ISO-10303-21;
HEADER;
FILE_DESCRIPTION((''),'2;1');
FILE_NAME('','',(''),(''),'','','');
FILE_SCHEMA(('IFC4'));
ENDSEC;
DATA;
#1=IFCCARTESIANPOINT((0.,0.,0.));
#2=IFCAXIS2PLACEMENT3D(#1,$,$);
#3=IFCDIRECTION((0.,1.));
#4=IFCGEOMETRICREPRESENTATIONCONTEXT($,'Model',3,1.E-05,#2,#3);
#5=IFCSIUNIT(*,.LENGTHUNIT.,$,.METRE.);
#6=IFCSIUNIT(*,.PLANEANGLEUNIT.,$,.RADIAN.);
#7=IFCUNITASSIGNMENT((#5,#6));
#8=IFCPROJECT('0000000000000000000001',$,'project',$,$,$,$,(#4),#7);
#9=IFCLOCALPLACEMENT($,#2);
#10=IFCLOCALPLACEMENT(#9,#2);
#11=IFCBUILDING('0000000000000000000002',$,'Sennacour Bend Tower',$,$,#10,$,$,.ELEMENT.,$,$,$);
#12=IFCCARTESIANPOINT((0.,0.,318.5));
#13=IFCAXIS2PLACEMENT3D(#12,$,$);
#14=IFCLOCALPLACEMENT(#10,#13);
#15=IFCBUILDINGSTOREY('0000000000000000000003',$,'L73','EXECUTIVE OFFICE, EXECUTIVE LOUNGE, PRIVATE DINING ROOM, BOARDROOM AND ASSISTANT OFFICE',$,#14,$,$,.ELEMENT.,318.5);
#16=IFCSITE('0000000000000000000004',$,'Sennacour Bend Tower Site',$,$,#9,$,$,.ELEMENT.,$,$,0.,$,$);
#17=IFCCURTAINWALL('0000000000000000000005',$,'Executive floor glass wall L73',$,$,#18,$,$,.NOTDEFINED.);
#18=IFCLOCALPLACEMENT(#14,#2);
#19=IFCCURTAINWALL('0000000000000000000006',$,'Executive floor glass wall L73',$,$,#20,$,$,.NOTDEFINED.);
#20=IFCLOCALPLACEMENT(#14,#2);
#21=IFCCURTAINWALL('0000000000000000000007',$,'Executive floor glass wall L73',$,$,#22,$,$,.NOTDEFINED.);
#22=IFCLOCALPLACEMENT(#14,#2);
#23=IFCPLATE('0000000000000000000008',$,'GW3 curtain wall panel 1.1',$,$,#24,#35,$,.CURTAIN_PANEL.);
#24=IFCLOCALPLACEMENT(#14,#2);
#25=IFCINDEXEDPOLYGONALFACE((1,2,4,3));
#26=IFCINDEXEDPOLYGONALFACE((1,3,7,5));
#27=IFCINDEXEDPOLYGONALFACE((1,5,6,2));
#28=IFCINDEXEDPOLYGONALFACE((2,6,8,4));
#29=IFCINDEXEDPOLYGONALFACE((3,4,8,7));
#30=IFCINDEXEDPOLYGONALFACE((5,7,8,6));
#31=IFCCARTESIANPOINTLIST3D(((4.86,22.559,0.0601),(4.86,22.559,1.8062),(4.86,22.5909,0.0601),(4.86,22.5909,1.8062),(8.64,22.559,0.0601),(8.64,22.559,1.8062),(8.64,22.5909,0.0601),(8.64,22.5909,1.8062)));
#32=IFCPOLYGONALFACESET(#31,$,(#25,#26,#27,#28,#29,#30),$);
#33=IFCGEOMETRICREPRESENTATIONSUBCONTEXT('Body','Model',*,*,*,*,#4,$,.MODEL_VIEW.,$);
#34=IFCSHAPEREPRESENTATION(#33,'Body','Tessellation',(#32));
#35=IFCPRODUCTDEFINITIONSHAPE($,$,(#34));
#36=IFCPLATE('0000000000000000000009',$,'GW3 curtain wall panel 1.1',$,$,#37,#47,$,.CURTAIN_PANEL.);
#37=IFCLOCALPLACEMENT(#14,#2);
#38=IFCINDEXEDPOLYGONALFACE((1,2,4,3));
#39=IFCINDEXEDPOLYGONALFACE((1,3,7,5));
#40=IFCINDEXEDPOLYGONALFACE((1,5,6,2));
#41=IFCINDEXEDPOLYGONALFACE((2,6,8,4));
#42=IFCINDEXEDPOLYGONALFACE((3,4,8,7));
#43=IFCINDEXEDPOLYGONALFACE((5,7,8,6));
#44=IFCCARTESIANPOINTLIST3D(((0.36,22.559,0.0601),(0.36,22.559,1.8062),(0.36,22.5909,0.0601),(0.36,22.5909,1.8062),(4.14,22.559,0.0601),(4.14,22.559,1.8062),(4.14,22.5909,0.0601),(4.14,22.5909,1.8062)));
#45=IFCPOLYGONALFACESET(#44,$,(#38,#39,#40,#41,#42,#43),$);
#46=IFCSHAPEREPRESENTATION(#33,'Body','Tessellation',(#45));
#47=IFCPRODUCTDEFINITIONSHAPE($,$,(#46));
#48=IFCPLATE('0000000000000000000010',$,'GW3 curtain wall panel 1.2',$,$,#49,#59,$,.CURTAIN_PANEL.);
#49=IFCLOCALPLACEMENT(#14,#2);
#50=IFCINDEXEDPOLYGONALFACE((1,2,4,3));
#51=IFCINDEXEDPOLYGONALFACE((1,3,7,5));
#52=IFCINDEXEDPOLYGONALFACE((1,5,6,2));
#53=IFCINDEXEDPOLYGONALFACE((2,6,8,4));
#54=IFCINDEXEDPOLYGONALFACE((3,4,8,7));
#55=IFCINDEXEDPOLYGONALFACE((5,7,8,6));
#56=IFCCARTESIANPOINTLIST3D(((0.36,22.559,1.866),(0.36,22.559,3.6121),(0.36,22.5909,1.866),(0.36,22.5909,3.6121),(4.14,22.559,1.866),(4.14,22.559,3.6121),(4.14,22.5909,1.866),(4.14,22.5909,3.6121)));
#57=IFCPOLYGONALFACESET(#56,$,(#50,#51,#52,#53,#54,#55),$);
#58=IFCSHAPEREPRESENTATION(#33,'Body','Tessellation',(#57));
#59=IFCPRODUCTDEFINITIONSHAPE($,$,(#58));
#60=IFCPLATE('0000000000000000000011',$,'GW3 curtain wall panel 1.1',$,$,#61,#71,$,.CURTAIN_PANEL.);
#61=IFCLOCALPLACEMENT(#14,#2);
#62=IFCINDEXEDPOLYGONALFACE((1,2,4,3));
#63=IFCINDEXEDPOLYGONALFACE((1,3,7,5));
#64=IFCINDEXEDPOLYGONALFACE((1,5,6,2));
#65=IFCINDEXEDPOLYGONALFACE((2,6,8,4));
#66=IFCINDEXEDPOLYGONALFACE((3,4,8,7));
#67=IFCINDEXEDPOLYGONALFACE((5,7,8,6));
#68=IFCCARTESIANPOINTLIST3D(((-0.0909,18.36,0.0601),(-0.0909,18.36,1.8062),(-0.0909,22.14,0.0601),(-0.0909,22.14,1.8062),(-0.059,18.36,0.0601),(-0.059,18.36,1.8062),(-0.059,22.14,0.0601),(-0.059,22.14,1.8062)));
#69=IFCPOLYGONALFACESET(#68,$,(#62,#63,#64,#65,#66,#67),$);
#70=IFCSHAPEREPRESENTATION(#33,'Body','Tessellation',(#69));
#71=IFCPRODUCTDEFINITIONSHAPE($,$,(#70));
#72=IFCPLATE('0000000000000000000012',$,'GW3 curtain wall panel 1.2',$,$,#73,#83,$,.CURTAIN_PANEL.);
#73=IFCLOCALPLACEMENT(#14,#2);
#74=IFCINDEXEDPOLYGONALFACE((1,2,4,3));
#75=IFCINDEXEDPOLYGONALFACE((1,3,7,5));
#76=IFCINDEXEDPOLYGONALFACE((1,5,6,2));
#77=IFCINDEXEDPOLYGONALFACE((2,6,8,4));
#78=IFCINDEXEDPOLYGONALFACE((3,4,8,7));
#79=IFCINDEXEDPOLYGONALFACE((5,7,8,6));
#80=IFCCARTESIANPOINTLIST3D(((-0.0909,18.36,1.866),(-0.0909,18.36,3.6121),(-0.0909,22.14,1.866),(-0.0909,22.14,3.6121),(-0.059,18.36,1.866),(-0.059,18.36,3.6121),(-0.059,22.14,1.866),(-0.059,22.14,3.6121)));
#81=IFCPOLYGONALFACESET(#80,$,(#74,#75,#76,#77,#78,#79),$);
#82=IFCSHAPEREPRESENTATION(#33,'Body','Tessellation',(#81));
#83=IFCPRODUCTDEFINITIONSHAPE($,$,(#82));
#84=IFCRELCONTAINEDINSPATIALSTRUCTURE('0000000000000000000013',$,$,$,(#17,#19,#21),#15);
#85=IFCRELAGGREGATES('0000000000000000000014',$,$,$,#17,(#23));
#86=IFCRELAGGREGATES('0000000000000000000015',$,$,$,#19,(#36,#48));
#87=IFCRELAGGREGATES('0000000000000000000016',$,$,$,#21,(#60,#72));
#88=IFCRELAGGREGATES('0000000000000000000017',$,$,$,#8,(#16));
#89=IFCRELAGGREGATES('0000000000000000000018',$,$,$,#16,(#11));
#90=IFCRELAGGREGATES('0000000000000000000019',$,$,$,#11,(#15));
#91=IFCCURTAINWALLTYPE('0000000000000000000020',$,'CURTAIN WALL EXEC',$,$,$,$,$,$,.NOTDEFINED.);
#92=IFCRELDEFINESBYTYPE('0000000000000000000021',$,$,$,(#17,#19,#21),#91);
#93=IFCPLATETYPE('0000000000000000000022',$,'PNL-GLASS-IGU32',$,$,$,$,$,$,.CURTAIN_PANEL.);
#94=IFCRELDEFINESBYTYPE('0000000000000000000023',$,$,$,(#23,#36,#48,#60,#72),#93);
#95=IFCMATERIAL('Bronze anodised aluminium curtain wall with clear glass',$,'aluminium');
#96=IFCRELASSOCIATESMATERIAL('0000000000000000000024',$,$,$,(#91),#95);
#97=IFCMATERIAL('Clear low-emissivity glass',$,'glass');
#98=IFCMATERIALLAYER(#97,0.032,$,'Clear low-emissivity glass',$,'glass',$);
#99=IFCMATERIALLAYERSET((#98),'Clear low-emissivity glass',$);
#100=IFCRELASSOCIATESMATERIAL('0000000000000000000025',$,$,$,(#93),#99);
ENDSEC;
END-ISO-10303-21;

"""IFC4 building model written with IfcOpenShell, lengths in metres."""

from ifc_helpers import new_model, si_unit, direction, frame, origin, origin_2d, place, context, subcontext, project, spatial, rectangle, extrude, material, layer, layer_set, type_object, element, aggregate, save


model = new_model("IFC4")

# Units and contexts
model_context = context("Model", 3, precision=1e-05, world=origin(), true_north=direction((0.0, 1.0)))
body_context = subcontext(model_context, "Body", "Model", "MODEL_VIEW")
ifc_project = project(units=[si_unit("LENGTHUNIT", "METRE"), si_unit("PLANEANGLEUNIT", "RADIAN")], contexts=[model_context])

# Site, building, storey
site_placement = place(None, origin())
site = spatial("IfcSite", under=ifc_project, at=site_placement, Name="Sennacour Bend Tower Site", CompositionType="ELEMENT", RefElevation=0.0)
building_placement = place(site_placement, origin())
building = spatial("IfcBuilding", under=site, at=building_placement, Name="Sennacour Bend Tower", CompositionType="ELEMENT")
storey_placement = place(building_placement, frame((0.0, 0.0, 318.5)))
storey = spatial("IfcBuildingStorey", under=building, at=storey_placement, Name="L73", Description="EXECUTIVE OFFICE, EXECUTIVE LOUNGE, PRIVATE DINING ROOM, BOARDROOM AND ASSISTANT OFFICE", CompositionType="ELEMENT", Elevation=318.5)

# Curtain wall
ifc_material_1 = material(Name="Bronze anodised aluminium curtain wall with clear glass", Category="aluminium")
curtain_wall_type = type_object("IfcCurtainWallType", Name="CURTAIN WALL EXEC", PredefinedType="NOTDEFINED", material=ifc_material_1)
curtain_wall_1_placement = place(storey_placement, origin())
curtain_wall_1 = element("IfcCurtainWall", 1, at=curtain_wall_1_placement, inside=storey, type_object=curtain_wall_type, Name="Executive floor glass wall L73", PredefinedType="NOTDEFINED")

# Curtain walls
curtain_wall_2_placement = place(storey_placement, origin())
curtain_wall_2 = element("IfcCurtainWall", 2, at=curtain_wall_2_placement, inside=storey, type_object=curtain_wall_type, Name="Executive floor glass wall L73", PredefinedType="NOTDEFINED")
curtain_wall_3_placement = place(storey_placement, origin())
curtain_wall_3 = element("IfcCurtainWall", 3, at=curtain_wall_3_placement, inside=storey, type_object=curtain_wall_type, Name="Executive floor glass wall L73", PredefinedType="NOTDEFINED")

# Plates
ifc_material_2 = material(Name="Clear low-emissivity glass", Category="glass")
ifc_layer = layer(ifc_material_2, 0.032, Name="Clear low-emissivity glass", Category="glass")
ifc_layer_set = layer_set([ifc_layer], Name="Clear low-emissivity glass")
plate_type = type_object("IfcPlateType", Name="PNL-GLASS-IGU32", PredefinedType="CURTAIN_PANEL", material=ifc_layer_set)
plate_1_placement = place(storey_placement, frame((6.75, 22.575, 0.0601), z_axis=(0.0, 0.0, 1.0), x_axis=(-1.0, 0.0, 0.0)))
plate_1 = element("IfcPlate", 4, at=plate_1_placement, type_object=plate_type, Name="GW3 curtain wall panel 1.1", PredefinedType="CURTAIN_PANEL", context=body_context, shape_type="SweptSolid", body=[
    extrude(rectangle(XDim=3.78, YDim=0.032, at=origin_2d()), origin(), (0.0, 0.0, 1.0), 1.7461),
])
aggregate(curtain_wall_1, [plate_1])
plate_2_placement = place(storey_placement, frame((2.25, 22.575, 0.0601), z_axis=(0.0, 0.0, 1.0), x_axis=(-1.0, 0.0, 0.0)))
plate_2 = element("IfcPlate", 5, at=plate_2_placement, type_object=plate_type, Name="GW3 curtain wall panel 1.1", PredefinedType="CURTAIN_PANEL", context=body_context, shape_type="SweptSolid", body=[
    extrude(rectangle(XDim=3.78, YDim=0.032, at=origin_2d()), origin(), (0.0, 0.0, 1.0), 1.7461),
])
plate_3_placement = place(storey_placement, frame((2.25, 22.575, 1.866), z_axis=(0.0, 0.0, 1.0), x_axis=(-1.0, 0.0, 0.0)))
plate_3 = element("IfcPlate", 6, at=plate_3_placement, type_object=plate_type, Name="GW3 curtain wall panel 1.2", PredefinedType="CURTAIN_PANEL", context=body_context, shape_type="SweptSolid", body=[
    extrude(rectangle(XDim=3.78, YDim=0.032, at=origin_2d()), origin(), (0.0, 0.0, 1.0), 1.7461),
])
aggregate(curtain_wall_2, [plate_2, plate_3])
plate_4_placement = place(storey_placement, frame((-0.075, 20.25, 0.0601), z_axis=(0.0, 0.0, 1.0), x_axis=(0.0, -1.0, 0.0)))
plate_4 = element("IfcPlate", 7, at=plate_4_placement, type_object=plate_type, Name="GW3 curtain wall panel 1.1", PredefinedType="CURTAIN_PANEL", context=body_context, shape_type="SweptSolid", body=[
    extrude(rectangle(XDim=3.78, YDim=0.032, at=origin_2d()), origin(), (0.0, 0.0, 1.0), 1.7461),
])
plate_5_placement = place(storey_placement, frame((-0.075, 20.25, 1.866), z_axis=(0.0, 0.0, 1.0), x_axis=(0.0, -1.0, 0.0)))
plate_5 = element("IfcPlate", 8, at=plate_5_placement, type_object=plate_type, Name="GW3 curtain wall panel 1.2", PredefinedType="CURTAIN_PANEL", context=body_context, shape_type="SweptSolid", body=[
    extrude(rectangle(XDim=3.78, YDim=0.032, at=origin_2d()), origin(), (0.0, 0.0, 1.0), 1.7461),
])
aggregate(curtain_wall_3, [plate_4, plate_5])

save(model, "model.ifc")
